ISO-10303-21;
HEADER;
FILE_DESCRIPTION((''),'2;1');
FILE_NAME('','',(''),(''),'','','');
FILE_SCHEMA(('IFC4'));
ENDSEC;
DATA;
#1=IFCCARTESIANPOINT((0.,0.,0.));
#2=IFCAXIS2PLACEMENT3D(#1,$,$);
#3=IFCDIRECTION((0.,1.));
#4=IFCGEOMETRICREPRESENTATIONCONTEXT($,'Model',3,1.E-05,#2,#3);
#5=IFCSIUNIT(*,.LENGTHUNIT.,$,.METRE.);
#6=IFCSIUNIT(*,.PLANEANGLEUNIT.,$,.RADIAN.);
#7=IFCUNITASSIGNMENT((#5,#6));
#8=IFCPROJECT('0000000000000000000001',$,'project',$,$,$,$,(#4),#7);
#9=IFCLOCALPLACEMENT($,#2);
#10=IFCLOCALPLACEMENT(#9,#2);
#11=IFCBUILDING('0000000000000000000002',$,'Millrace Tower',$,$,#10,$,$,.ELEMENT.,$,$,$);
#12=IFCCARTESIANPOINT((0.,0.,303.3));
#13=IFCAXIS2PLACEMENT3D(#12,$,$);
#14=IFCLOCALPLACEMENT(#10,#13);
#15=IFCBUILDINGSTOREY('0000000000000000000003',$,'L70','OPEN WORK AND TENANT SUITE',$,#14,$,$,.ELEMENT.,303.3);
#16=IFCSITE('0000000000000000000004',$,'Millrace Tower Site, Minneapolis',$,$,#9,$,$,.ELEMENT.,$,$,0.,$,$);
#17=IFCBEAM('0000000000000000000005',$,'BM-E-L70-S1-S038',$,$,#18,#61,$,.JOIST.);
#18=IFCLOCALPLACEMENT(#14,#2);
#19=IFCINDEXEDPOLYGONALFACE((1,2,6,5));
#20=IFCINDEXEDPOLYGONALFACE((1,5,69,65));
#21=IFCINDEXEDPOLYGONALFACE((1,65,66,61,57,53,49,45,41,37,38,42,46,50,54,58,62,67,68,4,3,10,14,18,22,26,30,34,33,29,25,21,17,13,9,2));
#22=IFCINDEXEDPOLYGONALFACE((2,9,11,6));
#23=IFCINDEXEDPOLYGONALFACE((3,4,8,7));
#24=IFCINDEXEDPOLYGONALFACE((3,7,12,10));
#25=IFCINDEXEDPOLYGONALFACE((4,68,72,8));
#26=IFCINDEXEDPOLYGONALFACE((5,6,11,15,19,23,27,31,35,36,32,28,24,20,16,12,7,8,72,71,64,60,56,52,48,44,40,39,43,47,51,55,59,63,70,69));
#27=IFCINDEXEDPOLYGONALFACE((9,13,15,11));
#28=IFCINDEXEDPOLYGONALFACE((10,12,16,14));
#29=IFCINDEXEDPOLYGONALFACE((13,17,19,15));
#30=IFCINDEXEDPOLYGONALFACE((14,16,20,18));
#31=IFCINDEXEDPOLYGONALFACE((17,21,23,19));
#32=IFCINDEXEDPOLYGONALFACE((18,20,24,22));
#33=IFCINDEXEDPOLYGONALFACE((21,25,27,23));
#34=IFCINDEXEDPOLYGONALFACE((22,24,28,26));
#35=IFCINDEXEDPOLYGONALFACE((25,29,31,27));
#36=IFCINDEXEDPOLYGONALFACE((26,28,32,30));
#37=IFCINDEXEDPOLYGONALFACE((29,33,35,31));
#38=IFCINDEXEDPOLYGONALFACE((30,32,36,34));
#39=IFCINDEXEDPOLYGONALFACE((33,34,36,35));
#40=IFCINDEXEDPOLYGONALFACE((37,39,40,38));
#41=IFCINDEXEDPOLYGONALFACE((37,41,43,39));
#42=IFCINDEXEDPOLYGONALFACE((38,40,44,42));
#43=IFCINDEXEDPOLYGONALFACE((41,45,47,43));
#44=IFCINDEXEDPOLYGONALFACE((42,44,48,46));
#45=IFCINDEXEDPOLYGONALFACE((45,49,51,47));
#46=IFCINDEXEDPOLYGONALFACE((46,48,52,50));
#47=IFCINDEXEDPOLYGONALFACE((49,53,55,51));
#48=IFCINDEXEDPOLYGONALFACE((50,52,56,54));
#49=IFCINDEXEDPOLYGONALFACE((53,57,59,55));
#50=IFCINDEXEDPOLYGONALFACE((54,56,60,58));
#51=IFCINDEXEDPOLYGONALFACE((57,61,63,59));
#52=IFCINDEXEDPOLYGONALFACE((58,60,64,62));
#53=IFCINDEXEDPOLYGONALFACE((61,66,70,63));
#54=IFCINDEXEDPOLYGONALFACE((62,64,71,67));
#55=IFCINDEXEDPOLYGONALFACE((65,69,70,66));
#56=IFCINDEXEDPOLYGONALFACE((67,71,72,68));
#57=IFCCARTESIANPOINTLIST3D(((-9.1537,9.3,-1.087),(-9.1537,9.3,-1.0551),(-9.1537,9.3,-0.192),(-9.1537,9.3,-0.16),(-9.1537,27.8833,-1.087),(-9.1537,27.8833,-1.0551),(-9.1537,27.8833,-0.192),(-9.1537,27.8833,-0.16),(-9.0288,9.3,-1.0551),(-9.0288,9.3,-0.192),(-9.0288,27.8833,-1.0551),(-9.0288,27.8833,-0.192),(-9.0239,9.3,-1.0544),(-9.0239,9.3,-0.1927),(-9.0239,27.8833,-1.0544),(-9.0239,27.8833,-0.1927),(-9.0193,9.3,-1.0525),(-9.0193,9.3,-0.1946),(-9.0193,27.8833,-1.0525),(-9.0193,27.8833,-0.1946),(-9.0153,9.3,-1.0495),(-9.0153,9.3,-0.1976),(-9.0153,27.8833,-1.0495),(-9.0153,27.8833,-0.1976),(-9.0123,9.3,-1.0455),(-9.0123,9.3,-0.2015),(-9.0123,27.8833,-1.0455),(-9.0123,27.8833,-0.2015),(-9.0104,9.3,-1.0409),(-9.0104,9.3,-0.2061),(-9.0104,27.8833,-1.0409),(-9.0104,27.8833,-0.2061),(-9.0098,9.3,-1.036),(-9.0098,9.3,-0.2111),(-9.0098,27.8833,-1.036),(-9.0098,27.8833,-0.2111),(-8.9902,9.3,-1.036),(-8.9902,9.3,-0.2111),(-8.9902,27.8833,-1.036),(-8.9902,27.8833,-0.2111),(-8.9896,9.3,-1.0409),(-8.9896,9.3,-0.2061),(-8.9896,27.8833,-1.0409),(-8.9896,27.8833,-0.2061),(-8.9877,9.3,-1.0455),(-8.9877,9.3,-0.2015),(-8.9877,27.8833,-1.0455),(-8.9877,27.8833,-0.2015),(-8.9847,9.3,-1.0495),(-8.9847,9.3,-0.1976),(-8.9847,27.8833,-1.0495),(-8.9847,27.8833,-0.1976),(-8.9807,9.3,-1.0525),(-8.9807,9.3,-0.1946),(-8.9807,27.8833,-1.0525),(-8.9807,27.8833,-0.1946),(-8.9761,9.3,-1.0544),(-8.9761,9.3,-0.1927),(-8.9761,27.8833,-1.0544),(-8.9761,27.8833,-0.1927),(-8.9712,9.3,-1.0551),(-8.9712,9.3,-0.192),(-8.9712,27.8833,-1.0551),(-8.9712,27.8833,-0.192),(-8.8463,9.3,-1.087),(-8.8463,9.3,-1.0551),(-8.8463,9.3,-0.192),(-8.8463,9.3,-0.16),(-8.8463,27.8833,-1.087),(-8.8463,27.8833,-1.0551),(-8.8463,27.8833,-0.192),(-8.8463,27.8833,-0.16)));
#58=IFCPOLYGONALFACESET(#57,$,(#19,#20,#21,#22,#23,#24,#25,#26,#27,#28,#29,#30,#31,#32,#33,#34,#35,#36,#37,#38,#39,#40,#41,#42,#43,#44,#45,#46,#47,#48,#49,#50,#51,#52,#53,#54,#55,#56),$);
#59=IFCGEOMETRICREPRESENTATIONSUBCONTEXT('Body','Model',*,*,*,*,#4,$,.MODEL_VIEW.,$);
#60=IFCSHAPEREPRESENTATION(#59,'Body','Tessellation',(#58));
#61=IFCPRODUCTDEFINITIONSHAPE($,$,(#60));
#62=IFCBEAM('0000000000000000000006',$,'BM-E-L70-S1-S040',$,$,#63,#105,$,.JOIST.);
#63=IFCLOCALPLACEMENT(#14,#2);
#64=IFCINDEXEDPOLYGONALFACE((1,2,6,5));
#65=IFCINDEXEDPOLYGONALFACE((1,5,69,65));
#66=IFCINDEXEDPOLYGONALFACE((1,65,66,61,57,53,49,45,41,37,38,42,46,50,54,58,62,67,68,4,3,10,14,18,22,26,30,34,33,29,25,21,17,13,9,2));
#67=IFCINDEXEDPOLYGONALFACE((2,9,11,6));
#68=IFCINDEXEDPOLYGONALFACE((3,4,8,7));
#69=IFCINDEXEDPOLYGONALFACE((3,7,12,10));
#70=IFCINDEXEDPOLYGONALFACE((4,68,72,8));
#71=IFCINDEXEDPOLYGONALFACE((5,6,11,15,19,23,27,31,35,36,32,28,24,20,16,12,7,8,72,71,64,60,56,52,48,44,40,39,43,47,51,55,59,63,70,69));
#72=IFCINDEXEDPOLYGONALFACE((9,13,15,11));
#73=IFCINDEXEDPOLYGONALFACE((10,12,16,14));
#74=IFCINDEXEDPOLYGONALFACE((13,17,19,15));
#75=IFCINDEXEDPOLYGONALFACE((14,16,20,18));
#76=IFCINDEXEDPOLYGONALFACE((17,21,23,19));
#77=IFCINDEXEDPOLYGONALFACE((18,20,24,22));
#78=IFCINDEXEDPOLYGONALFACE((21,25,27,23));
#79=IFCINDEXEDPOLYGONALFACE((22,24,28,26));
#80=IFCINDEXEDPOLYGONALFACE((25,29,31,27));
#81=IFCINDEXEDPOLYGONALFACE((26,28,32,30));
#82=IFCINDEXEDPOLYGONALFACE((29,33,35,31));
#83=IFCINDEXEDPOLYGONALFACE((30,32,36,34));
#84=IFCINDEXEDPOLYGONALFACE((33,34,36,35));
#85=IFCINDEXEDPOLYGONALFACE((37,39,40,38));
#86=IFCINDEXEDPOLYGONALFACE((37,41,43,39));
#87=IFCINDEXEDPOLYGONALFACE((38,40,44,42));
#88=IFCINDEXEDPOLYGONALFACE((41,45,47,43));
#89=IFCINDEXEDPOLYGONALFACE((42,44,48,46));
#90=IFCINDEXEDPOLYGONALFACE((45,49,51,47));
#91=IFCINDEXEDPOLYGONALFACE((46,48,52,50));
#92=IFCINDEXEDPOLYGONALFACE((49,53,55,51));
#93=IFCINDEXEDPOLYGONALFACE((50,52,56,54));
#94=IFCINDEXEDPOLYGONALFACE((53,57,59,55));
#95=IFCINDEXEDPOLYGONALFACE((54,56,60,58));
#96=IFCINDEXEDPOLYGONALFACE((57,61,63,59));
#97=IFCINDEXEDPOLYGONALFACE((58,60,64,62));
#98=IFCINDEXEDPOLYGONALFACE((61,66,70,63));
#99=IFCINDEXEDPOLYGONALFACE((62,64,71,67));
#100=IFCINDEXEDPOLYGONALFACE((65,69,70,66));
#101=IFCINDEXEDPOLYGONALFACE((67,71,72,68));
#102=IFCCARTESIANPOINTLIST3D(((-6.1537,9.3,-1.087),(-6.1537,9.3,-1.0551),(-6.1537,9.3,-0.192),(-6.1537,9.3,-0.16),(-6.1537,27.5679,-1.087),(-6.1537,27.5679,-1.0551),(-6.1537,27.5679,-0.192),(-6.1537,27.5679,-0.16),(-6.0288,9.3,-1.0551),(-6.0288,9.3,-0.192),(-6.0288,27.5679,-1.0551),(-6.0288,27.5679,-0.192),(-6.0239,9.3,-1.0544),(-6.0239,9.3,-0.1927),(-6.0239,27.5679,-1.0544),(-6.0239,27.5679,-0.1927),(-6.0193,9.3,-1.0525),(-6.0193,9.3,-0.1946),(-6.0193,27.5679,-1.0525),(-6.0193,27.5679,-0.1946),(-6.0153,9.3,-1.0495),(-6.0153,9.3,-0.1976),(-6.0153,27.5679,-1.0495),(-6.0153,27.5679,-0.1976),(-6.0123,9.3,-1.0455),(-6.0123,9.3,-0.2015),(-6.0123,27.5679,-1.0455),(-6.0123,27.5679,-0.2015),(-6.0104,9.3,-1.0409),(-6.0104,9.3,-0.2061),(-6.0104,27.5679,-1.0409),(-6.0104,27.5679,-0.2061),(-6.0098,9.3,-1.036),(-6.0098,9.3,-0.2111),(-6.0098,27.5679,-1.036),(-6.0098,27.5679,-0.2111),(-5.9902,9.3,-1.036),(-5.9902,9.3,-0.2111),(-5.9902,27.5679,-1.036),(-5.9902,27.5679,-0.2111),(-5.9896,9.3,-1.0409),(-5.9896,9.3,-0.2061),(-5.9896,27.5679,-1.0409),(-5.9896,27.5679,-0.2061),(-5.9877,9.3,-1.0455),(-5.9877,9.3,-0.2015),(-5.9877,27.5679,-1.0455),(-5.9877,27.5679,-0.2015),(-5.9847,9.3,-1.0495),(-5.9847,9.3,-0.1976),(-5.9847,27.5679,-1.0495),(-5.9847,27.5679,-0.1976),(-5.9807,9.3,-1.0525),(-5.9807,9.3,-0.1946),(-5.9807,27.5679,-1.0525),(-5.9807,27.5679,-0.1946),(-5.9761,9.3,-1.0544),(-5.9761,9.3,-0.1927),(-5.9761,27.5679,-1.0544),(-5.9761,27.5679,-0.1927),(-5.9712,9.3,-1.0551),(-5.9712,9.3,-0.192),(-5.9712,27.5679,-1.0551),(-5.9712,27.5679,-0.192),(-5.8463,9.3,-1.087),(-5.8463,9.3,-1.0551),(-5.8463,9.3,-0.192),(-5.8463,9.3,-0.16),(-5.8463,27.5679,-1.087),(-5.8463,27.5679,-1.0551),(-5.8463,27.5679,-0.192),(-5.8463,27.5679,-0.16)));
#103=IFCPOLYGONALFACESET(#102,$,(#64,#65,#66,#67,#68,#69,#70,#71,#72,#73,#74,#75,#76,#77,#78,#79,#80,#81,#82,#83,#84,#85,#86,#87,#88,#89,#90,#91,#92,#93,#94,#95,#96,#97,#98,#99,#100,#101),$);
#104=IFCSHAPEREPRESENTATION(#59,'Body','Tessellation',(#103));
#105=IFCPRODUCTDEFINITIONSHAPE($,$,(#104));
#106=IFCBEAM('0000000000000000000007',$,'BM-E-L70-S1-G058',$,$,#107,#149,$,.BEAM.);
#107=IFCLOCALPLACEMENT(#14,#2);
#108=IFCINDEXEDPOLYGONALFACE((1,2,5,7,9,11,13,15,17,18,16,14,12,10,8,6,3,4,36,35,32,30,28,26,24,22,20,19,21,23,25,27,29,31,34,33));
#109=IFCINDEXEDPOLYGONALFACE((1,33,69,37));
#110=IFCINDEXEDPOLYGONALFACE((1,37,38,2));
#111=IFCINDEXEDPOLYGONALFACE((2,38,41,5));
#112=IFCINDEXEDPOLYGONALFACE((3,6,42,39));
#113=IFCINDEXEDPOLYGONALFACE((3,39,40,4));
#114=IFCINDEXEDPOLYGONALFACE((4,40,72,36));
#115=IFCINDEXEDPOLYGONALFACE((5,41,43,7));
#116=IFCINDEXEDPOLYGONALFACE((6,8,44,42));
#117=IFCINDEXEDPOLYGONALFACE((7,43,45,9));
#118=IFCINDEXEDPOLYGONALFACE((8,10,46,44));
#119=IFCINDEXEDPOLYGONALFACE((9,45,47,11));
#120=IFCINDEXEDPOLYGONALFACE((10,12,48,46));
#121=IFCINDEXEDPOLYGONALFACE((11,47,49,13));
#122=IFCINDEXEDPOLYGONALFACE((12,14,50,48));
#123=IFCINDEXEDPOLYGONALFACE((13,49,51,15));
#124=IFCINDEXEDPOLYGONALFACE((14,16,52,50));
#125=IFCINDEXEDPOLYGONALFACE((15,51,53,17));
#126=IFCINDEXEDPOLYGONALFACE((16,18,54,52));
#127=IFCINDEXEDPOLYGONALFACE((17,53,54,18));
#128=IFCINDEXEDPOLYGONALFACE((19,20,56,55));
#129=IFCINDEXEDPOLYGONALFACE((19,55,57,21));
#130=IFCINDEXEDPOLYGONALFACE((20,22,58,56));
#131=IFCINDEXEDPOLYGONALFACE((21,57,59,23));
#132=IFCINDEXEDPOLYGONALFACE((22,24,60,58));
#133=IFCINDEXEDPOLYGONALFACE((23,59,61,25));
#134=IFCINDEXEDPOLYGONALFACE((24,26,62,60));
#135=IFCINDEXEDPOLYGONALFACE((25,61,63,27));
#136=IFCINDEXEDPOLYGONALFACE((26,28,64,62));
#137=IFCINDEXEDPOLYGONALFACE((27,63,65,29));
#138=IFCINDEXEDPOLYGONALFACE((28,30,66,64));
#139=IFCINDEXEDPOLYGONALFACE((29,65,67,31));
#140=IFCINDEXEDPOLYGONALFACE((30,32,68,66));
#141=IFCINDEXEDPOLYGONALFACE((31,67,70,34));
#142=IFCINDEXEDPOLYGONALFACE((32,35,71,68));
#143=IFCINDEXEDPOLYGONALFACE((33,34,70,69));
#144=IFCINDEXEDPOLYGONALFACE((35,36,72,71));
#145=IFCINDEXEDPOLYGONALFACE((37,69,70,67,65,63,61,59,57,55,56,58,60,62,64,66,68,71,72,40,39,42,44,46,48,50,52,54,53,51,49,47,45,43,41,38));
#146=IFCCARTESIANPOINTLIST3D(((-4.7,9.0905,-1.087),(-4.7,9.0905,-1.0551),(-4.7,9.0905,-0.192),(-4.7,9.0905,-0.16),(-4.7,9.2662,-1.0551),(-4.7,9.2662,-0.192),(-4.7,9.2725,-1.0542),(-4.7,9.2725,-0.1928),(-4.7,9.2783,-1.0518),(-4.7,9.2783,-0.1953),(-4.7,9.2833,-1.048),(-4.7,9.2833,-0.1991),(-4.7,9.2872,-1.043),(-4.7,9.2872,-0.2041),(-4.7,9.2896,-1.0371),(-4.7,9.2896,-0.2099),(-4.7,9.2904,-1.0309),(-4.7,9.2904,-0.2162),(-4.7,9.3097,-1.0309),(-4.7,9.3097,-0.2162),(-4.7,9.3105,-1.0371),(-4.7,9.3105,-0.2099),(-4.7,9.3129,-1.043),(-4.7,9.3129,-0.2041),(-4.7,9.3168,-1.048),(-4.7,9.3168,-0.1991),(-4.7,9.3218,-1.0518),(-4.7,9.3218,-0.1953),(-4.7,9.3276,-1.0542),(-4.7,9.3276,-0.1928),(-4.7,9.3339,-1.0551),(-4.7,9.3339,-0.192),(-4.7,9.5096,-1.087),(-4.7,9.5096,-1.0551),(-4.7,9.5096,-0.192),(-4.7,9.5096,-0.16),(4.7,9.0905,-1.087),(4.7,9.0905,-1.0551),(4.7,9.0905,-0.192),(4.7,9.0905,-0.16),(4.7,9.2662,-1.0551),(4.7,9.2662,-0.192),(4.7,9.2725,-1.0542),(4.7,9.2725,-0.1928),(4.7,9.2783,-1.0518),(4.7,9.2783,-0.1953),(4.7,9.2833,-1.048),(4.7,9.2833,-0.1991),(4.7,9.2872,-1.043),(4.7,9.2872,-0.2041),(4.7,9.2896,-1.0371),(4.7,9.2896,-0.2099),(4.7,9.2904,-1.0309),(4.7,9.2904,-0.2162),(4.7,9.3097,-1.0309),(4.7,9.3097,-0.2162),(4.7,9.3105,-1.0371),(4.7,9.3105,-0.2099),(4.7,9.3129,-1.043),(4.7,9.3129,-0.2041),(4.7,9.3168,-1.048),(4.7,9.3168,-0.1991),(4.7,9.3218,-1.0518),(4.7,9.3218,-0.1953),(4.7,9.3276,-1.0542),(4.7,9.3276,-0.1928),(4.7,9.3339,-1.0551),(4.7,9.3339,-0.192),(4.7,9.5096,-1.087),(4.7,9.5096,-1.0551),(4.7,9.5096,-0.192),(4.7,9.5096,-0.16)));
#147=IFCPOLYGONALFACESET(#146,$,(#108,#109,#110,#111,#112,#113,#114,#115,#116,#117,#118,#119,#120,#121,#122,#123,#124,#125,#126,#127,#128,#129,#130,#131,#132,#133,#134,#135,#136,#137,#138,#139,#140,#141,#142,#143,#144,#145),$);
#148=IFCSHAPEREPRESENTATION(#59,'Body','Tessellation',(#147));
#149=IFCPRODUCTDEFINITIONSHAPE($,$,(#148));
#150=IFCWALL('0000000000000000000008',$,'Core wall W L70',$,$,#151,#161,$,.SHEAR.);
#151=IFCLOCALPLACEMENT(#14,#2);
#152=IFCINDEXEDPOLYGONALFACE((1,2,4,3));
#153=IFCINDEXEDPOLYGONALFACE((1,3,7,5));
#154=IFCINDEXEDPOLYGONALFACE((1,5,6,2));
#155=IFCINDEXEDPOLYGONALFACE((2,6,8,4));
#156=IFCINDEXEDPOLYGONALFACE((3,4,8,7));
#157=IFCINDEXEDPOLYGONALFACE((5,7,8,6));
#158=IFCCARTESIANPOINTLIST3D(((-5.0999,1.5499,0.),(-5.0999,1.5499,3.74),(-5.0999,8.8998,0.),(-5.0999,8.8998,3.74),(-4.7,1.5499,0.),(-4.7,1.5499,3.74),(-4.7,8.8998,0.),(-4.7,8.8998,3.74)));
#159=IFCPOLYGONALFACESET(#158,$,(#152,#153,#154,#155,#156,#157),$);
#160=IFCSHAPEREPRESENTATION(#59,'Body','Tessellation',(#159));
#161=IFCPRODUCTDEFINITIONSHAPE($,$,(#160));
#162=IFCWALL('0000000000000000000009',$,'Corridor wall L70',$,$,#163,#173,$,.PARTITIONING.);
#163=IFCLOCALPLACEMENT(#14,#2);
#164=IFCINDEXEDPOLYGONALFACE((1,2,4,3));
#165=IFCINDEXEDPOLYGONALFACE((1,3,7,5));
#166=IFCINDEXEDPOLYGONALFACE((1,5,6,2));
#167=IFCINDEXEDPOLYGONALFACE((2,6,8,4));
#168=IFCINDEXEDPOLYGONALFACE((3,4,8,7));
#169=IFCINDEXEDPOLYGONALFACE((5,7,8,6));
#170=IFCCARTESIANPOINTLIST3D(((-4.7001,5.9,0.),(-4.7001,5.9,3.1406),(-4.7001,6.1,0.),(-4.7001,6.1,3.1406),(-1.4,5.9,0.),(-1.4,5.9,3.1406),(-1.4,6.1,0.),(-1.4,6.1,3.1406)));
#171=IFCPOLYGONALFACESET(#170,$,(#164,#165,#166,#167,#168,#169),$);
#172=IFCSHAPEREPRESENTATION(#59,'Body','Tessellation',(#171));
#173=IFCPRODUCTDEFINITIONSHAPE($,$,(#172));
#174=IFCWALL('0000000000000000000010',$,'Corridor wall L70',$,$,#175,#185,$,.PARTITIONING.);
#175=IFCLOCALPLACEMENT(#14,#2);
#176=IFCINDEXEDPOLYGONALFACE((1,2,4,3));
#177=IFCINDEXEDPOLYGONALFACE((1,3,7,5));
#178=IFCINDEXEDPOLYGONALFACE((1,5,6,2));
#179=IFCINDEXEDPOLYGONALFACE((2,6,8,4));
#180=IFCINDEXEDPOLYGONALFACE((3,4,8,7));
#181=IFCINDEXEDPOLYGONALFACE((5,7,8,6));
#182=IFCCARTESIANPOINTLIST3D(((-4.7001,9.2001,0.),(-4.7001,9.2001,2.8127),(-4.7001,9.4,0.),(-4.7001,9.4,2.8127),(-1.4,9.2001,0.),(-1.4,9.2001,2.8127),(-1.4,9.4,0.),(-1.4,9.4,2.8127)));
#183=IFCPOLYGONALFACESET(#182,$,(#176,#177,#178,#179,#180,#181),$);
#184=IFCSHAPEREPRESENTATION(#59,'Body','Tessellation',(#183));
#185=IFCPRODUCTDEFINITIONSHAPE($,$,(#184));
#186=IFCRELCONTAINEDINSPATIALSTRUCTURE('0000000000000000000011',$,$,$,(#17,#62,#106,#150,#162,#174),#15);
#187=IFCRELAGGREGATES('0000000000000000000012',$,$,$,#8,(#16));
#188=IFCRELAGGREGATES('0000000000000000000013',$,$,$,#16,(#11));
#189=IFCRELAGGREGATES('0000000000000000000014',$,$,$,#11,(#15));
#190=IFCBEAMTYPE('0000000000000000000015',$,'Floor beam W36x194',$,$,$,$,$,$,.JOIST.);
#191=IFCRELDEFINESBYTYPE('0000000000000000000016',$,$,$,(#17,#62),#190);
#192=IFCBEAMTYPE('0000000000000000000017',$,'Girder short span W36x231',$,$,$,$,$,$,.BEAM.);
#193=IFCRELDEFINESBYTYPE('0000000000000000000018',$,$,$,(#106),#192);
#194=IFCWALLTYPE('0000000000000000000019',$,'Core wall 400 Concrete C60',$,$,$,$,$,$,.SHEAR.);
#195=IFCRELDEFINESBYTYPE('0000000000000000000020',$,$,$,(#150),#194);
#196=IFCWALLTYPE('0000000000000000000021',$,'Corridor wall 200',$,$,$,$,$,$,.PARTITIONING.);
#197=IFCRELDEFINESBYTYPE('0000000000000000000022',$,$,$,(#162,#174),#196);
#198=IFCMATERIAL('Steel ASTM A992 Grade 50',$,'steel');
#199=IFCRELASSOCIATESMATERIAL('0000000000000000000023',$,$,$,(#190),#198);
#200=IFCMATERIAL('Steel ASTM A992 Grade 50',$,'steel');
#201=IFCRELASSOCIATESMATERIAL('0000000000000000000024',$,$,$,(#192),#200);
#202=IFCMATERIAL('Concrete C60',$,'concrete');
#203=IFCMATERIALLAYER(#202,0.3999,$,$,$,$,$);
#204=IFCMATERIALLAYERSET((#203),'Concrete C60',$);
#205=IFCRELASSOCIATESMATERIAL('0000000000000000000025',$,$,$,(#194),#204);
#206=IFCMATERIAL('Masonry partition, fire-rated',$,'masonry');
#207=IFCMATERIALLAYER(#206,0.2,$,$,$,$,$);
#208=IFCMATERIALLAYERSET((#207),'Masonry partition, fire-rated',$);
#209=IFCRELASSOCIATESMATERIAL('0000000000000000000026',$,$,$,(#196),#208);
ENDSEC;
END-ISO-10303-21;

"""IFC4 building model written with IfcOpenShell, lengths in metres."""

from ifc_helpers import new_model, si_unit, direction, frame, frame_2d, origin, origin_2d, place, context, subcontext, project, spatial, rectangle, i_section, extrude, material, layer, layer_set, material_profile, profile_set, type_object, element, save


model = new_model("IFC4")

# Units and contexts
model_context = context("Model", 3, precision=1e-05, world=origin(), true_north=direction((0.0, 1.0)))
body_context = subcontext(model_context, "Body", "Model", "MODEL_VIEW")
ifc_project = project(units=[si_unit("LENGTHUNIT", "METRE"), si_unit("PLANEANGLEUNIT", "RADIAN")], contexts=[model_context])

# Site, building, storey
site_placement = place(None, origin())
site = spatial("IfcSite", under=ifc_project, at=site_placement, Name="Millrace Tower Site, Minneapolis", CompositionType="ELEMENT", RefElevation=0.0)
building_placement = place(site_placement, origin())
building = spatial("IfcBuilding", under=site, at=building_placement, Name="Millrace Tower", CompositionType="ELEMENT")
storey_placement = place(building_placement, frame((0.0, 0.0, 303.3)))
storey = spatial("IfcBuildingStorey", under=building, at=storey_placement, Name="L70", Description="OPEN WORK AND TENANT SUITE", CompositionType="ELEMENT", Elevation=303.3)

# Beams
ifc_material_1 = material(Name="Steel ASTM A992 Grade 50", Category="steel")
ifc_material_profile_1 = material_profile(ifc_material_1, i_section(OverallWidth=0.3074, OverallDepth=0.927, WebThickness=0.0195, FlangeThickness=0.032, FilletRadius=0.019, at=origin_2d()))
ifc_profile_set_1 = profile_set([ifc_material_profile_1], Name="Steel ASTM A992 Grade 50")
beam_type_1 = type_object("IfcBeamType", Name="Floor beam W36x194", PredefinedType="JOIST", material=ifc_profile_set_1)
beam_1_placement = place(storey_placement, frame((-9.0, 9.3, -0.6235), z_axis=(0.0, 1.0, 0.0), x_axis=(-1.0, 0.0, 0.0)))
element("IfcBeam", 1, at=beam_1_placement, inside=storey, type_object=beam_type_1, Name="BM-E-L70-S1-S038", PredefinedType="JOIST", context=body_context, shape_type="SweptSolid", body=[
    extrude(i_section(OverallWidth=0.3074, OverallDepth=0.927, WebThickness=0.0195, FlangeThickness=0.032, FilletRadius=0.019, at=origin_2d()), origin(), (0.0, 0.0, 1.0), 18.5833),
])
beam_2_placement = place(storey_placement, frame((-6.0, 9.3, -0.6235), z_axis=(0.0, 1.0, 0.0), x_axis=(-1.0, 0.0, 0.0)))
element("IfcBeam", 2, at=beam_2_placement, inside=storey, type_object=beam_type_1, Name="BM-E-L70-S1-S040", PredefinedType="JOIST", context=body_context, shape_type="SweptSolid", body=[
    extrude(i_section(OverallWidth=0.3074, OverallDepth=0.927, WebThickness=0.0195, FlangeThickness=0.032, FilletRadius=0.019, at=origin_2d()), origin(), (0.0, 0.0, 1.0), 18.2678),
])
ifc_material_2 = material(Name="Steel ASTM A992 Grade 50", Category="steel")
ifc_material_profile_2 = material_profile(ifc_material_2, i_section(OverallWidth=0.4192, OverallDepth=0.927, WebThickness=0.0193, FlangeThickness=0.032, FilletRadius=0.0242, at=origin_2d()))
ifc_profile_set_2 = profile_set([ifc_material_profile_2], Name="Steel ASTM A992 Grade 50")
beam_type_2 = type_object("IfcBeamType", Name="Girder short span W36x231", PredefinedType="BEAM", material=ifc_profile_set_2)
beam_3_placement = place(storey_placement, frame((-4.7, 9.3, -0.6235), z_axis=(1.0, 0.0, 0.0), x_axis=(0.0, 1.0, 0.0)))
element("IfcBeam", 3, at=beam_3_placement, inside=storey, type_object=beam_type_2, Name="BM-E-L70-S1-G058", PredefinedType="BEAM", context=body_context, shape_type="SweptSolid", body=[
    extrude(i_section(OverallWidth=0.4192, OverallDepth=0.927, WebThickness=0.0193, FlangeThickness=0.032, FilletRadius=0.0242, at=origin_2d()), origin(), (0.0, 0.0, 1.0), 9.3999),
])

# Walls
ifc_material_3 = material(Name="Concrete C60", Category="concrete")
ifc_layer_1 = layer(ifc_material_3, 0.3999)
ifc_layer_set_1 = layer_set([ifc_layer_1], Name="Concrete C60")
wall_type_1 = type_object("IfcWallType", Name="Core wall 400 Concrete C60", PredefinedType="SHEAR", material=ifc_layer_set_1)
wall_1_placement = place(storey_placement, frame((-4.8999, 1.55, 0.0), z_axis=(0.0, 0.0, 1.0), x_axis=(0.0, 1.0, 0.0)))
element("IfcWall", 4, at=wall_1_placement, inside=storey, type_object=wall_type_1, Name="Core wall W L70", PredefinedType="SHEAR", context=body_context, shape_type="SweptSolid", body=[
    extrude(rectangle(XDim=7.3499, YDim=0.3999, at=frame_2d((3.6748, 0.0))), origin(), (0.0, 0.0, 1.0), 3.74),
])
ifc_material_4 = material(Name="Masonry partition, fire-rated", Category="masonry")
ifc_layer_2 = layer(ifc_material_4, 0.2)
ifc_layer_set_2 = layer_set([ifc_layer_2], Name="Masonry partition, fire-rated")
wall_type_2 = type_object("IfcWallType", Name="Corridor wall 200", PredefinedType="PARTITIONING", material=ifc_layer_set_2)
wall_2_placement = place(storey_placement, frame((-4.7, 6.0, 0.0), z_axis=(0.0, 0.0, 1.0), x_axis=(1.0, 0.0, 0.0)))
element("IfcWall", 5, at=wall_2_placement, inside=storey, type_object=wall_type_2, Name="Corridor wall L70", PredefinedType="PARTITIONING", context=body_context, shape_type="SweptSolid", body=[
    extrude(rectangle(XDim=3.3, YDim=0.2, at=frame_2d((1.6499, 0.0))), origin(), (0.0, 0.0, 1.0), 3.1406),
])
wall_3_placement = place(storey_placement, frame((-4.7, 9.3, 0.0), z_axis=(0.0, 0.0, 1.0), x_axis=(1.0, 0.0, 0.0)))
element("IfcWall", 6, at=wall_3_placement, inside=storey, type_object=wall_type_2, Name="Corridor wall L70", PredefinedType="PARTITIONING", context=body_context, shape_type="SweptSolid", body=[
    extrude(rectangle(XDim=3.3, YDim=0.2, at=frame_2d((1.6499, 0.0))), origin(), (0.0, 0.0, 1.0), 2.8127),
])

save(model, "model.ifc")
